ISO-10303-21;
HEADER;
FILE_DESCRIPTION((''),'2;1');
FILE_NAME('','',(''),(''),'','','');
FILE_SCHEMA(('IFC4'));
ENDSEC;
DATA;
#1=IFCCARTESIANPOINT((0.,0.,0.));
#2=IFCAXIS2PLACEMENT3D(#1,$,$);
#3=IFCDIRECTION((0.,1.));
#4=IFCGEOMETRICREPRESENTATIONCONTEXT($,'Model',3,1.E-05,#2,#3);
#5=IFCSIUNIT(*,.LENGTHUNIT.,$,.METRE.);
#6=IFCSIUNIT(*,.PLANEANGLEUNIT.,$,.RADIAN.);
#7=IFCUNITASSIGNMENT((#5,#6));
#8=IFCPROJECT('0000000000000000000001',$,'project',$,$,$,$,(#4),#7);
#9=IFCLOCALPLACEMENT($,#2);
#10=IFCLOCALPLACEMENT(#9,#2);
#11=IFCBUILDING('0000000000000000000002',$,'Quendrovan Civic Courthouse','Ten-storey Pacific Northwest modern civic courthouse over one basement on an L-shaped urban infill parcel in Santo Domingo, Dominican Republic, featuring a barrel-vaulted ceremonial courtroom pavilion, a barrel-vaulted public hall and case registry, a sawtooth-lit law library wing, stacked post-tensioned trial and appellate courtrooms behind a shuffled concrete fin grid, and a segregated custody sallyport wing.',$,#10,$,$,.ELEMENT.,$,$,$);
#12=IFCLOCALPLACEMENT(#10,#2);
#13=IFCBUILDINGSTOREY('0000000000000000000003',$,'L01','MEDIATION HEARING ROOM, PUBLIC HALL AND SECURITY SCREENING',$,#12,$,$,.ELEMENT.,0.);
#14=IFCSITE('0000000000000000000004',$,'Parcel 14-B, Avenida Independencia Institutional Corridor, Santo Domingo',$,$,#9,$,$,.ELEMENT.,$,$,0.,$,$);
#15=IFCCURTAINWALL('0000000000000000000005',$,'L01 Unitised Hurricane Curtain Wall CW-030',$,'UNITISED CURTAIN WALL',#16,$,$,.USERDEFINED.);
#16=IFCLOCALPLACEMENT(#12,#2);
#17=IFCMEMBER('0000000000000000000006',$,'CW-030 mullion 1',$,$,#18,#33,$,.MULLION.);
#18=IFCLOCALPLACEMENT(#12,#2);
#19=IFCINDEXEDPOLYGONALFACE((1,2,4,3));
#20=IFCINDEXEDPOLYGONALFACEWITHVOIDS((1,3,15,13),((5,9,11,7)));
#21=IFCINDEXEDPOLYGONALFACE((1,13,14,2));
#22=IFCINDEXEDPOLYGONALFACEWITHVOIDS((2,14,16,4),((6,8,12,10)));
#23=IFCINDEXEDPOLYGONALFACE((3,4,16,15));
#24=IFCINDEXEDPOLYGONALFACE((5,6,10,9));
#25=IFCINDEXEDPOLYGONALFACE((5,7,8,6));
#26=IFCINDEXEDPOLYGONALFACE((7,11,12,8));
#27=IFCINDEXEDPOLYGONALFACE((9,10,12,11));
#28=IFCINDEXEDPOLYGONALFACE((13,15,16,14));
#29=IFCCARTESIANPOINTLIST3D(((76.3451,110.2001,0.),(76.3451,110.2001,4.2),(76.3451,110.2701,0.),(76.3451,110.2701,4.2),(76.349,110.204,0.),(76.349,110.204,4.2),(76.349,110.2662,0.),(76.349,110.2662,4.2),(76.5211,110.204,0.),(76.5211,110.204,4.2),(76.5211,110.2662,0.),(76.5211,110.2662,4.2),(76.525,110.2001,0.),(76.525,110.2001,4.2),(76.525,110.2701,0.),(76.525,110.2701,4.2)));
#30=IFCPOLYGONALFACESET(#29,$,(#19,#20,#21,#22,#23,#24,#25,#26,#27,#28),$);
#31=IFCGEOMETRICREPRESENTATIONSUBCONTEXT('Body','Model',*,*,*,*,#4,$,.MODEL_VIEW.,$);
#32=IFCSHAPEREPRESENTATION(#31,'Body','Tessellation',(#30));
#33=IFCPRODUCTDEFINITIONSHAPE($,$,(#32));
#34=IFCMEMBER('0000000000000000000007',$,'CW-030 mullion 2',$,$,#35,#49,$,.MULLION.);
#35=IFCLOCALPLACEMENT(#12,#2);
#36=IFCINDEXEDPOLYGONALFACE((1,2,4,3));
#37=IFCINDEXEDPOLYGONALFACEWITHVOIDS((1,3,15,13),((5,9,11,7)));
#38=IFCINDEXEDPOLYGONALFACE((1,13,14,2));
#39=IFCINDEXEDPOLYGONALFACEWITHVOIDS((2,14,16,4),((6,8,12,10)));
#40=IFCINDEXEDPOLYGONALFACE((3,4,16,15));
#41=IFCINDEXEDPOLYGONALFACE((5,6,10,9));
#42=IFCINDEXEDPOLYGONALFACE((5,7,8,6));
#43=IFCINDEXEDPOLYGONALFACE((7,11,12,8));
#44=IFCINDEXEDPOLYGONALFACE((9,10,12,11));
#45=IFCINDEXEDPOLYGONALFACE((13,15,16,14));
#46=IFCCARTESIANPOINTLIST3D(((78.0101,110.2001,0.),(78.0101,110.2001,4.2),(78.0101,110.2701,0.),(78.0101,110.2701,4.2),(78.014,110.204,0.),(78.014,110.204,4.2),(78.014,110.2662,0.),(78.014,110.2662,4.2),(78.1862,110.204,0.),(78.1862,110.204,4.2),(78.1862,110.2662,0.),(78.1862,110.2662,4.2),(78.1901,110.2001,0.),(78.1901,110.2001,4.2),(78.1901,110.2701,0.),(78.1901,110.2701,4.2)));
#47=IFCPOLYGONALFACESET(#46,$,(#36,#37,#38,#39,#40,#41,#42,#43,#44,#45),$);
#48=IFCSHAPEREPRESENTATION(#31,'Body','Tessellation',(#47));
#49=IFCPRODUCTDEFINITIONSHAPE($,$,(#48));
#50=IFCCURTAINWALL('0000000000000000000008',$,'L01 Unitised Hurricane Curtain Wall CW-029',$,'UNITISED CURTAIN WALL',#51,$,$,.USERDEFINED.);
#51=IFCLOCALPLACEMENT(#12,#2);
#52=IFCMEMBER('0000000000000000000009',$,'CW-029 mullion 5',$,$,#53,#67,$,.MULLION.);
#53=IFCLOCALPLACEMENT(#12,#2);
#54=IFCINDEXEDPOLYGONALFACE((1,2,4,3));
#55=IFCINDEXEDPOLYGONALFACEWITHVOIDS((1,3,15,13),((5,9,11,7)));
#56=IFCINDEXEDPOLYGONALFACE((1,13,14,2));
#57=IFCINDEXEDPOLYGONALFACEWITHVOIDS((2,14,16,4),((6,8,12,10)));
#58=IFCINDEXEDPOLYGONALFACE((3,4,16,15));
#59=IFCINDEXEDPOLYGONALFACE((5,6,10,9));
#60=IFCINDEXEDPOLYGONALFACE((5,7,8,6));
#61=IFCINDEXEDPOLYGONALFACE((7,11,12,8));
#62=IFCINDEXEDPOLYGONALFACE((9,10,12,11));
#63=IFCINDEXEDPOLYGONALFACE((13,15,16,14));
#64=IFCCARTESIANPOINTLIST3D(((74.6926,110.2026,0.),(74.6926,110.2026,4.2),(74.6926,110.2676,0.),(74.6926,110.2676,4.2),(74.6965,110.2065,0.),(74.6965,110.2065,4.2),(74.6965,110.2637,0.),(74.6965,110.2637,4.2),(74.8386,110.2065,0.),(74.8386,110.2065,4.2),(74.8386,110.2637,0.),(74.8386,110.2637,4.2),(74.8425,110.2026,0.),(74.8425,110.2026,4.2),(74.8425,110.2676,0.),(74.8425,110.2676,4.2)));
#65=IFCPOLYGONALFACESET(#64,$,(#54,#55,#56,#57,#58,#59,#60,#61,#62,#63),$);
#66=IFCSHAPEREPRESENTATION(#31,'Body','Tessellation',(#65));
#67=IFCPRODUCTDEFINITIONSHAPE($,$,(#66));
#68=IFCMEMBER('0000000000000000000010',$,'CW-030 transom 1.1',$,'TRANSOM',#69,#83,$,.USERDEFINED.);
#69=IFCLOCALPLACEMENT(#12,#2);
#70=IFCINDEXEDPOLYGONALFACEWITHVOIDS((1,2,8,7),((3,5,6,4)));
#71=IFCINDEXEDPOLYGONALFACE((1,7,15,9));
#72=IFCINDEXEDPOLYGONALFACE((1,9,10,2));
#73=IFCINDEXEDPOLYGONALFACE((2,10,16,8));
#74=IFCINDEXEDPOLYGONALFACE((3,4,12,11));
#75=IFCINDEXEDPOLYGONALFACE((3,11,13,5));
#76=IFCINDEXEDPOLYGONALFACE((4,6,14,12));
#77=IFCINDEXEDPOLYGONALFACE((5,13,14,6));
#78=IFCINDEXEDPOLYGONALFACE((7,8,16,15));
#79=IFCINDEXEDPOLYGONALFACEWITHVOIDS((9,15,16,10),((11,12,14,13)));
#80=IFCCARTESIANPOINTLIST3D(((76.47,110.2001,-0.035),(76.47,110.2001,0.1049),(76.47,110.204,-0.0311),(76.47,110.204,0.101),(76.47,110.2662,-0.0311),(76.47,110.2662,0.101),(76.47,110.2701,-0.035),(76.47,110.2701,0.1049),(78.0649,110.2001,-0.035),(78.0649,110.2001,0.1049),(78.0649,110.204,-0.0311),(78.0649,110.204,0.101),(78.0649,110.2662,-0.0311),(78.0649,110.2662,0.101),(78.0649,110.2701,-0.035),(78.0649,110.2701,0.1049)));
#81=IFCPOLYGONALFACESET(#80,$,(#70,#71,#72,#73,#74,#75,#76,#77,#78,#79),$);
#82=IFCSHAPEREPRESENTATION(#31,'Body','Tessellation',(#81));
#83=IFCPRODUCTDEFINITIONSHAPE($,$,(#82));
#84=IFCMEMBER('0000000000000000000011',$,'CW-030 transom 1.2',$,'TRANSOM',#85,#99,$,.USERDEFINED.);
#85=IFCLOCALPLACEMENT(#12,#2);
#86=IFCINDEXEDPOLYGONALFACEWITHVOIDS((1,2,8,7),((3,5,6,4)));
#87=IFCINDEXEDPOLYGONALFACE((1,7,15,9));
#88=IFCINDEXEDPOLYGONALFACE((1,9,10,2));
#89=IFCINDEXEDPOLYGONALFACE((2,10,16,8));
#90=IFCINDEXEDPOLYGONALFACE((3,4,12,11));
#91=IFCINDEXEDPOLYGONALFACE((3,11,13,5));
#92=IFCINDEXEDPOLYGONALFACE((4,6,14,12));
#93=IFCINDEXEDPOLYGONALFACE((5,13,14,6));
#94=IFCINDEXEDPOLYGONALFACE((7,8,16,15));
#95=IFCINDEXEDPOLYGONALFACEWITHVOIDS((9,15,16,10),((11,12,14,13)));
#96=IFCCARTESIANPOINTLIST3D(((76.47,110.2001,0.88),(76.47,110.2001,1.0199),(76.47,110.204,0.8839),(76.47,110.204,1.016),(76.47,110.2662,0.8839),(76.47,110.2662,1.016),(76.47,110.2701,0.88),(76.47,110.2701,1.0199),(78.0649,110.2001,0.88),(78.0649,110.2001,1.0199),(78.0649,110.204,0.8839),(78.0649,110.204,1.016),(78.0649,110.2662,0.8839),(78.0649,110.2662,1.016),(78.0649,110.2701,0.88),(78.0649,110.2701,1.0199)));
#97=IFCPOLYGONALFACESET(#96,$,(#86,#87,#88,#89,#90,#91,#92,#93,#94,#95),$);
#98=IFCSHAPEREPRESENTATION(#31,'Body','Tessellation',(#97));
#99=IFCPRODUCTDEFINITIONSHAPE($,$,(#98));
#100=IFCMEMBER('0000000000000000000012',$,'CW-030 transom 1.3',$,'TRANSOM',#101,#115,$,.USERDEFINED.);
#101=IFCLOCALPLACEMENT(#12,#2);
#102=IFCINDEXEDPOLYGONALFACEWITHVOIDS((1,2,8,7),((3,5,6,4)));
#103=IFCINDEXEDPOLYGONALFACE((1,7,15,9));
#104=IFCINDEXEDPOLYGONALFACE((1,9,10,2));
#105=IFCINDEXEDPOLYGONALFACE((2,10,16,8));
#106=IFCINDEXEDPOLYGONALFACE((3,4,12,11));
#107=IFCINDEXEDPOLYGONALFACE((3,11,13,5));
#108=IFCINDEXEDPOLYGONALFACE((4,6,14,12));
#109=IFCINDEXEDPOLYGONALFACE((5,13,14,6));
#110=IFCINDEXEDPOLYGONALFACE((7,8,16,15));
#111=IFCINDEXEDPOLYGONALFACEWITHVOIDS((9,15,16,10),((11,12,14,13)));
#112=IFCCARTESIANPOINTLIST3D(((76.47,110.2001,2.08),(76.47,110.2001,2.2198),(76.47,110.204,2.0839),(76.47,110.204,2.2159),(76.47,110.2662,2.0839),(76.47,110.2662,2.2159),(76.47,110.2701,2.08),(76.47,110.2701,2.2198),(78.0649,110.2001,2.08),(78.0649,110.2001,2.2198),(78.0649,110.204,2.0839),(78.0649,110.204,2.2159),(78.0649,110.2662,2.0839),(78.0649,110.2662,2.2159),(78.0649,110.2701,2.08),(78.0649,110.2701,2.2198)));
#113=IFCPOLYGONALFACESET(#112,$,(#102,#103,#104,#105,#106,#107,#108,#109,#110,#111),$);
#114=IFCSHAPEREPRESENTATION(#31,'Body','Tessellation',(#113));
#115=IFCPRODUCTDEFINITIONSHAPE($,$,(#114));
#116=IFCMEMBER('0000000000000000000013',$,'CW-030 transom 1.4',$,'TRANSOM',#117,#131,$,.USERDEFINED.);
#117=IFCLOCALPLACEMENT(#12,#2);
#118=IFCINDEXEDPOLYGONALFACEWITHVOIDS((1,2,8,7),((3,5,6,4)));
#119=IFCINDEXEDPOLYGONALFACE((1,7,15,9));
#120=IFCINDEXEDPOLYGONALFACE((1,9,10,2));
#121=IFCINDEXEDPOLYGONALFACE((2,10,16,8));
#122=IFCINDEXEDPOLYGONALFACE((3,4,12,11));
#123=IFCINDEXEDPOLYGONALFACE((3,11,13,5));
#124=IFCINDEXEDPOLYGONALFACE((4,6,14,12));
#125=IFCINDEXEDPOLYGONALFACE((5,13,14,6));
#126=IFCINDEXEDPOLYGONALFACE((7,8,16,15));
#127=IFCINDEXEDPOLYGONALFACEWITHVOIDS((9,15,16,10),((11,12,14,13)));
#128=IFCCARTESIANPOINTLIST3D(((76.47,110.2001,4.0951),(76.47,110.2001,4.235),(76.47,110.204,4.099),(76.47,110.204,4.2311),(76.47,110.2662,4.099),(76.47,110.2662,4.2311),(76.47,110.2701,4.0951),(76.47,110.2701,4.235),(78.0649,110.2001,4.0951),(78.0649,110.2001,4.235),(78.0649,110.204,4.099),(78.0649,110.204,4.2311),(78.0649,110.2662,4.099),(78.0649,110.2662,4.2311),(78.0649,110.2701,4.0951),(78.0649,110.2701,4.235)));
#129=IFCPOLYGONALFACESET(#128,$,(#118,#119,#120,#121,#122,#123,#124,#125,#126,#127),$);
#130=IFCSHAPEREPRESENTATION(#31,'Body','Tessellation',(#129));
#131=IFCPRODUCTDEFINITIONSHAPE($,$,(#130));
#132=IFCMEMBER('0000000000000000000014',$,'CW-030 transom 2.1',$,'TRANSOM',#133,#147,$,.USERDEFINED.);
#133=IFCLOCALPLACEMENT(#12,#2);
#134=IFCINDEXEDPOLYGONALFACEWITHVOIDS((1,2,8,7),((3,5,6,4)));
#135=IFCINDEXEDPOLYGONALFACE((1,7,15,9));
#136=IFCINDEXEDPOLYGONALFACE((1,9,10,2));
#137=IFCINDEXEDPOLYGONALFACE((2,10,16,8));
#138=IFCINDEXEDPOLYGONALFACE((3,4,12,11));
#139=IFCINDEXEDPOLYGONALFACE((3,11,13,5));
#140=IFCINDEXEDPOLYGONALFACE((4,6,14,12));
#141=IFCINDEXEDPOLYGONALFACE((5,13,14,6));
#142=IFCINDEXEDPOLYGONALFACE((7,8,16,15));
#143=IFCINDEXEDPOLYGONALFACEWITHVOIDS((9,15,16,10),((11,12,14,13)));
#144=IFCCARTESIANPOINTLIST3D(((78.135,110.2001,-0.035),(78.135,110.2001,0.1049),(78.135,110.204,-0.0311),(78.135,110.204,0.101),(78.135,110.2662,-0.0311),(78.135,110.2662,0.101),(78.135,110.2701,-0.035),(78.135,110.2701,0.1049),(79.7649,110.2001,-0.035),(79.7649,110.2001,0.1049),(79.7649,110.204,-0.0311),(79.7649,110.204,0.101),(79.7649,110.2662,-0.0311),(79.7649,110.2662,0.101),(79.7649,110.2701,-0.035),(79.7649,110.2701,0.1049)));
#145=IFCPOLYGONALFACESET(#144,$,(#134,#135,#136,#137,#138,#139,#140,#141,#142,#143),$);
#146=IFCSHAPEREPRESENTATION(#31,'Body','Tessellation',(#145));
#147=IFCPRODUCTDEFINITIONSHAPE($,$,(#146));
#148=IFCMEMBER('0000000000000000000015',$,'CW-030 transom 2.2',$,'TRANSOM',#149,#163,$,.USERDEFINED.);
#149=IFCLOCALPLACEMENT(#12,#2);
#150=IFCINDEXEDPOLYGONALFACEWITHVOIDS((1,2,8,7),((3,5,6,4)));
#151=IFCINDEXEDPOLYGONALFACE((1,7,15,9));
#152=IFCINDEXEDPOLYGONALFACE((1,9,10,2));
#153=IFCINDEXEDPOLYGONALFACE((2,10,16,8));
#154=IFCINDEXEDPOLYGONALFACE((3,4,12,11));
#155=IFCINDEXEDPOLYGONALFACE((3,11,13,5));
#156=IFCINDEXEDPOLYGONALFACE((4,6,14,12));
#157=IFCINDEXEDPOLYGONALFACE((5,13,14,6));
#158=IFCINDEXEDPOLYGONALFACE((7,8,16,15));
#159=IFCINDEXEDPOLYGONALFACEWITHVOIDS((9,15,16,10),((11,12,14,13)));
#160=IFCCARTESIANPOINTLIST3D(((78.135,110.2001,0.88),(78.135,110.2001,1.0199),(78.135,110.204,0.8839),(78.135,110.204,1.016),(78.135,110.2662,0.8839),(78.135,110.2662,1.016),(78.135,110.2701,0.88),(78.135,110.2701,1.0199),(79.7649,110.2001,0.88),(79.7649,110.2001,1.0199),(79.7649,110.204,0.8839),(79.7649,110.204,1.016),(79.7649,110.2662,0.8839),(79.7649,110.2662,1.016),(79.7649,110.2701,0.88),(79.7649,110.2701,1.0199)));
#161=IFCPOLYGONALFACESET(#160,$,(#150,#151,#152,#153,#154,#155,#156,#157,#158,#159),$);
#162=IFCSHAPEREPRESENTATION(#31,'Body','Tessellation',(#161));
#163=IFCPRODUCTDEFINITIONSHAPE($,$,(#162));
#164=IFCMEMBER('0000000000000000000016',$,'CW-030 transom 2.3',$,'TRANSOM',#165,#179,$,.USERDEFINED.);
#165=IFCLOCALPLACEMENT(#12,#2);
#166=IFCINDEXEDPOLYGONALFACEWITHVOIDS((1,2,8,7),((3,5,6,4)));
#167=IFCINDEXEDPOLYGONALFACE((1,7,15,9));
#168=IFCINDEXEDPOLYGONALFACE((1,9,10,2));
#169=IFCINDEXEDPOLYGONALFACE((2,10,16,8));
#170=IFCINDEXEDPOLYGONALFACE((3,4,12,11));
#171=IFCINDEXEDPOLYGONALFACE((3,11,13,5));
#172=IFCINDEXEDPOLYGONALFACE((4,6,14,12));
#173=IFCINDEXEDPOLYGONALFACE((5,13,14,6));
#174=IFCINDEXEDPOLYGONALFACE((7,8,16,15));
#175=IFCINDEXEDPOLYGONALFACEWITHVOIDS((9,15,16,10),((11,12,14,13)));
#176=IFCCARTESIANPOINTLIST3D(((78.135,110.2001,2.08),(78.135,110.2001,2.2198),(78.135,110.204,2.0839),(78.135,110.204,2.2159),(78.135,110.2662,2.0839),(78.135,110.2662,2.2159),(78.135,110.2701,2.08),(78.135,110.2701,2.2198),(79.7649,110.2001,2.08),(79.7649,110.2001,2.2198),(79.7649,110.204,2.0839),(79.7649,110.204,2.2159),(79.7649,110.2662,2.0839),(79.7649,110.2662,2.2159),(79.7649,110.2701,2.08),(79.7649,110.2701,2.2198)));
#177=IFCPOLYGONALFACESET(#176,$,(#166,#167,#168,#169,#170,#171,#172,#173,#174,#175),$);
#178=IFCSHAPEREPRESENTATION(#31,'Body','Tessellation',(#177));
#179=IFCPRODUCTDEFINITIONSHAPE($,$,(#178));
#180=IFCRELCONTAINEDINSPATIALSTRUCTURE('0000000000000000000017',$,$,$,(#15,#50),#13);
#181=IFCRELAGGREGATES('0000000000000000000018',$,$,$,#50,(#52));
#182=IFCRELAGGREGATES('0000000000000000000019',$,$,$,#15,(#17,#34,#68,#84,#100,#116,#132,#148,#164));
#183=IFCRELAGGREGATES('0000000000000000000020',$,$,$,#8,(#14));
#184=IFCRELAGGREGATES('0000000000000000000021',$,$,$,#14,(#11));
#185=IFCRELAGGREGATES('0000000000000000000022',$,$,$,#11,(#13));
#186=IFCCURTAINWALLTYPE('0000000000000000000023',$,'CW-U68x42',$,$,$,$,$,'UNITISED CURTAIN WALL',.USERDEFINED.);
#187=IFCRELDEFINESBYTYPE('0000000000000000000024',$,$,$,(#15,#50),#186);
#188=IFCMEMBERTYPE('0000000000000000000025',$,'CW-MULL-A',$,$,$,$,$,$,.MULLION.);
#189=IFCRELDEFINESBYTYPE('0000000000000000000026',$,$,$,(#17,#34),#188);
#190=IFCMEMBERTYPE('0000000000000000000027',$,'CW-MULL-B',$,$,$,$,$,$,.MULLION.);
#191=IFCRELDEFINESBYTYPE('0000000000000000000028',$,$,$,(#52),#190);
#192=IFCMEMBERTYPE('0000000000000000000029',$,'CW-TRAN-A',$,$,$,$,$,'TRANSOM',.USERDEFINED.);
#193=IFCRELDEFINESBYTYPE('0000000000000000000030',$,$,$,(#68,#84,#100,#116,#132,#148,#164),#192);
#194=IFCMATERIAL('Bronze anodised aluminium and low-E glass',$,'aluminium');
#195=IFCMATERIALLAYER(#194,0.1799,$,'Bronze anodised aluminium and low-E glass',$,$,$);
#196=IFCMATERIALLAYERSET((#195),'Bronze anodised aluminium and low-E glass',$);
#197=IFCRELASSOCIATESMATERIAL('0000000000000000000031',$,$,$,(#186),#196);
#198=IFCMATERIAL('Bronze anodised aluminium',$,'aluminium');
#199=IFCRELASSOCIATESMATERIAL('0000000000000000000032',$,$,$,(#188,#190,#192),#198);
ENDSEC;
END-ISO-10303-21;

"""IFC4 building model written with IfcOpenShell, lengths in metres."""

from ifc_helpers import new_model, si_unit, direction, frame, origin, origin_2d, place, context, subcontext, project, spatial, hollow_rectangle, extrude, material, layer, layer_set, material_profile, profile_set, type_object, element, aggregate, save


model = new_model("IFC4")

# Units and contexts
model_context = context("Model", 3, precision=1e-05, world=origin(), true_north=direction((0.0, 1.0)))
body_context = subcontext(model_context, "Body", "Model", "MODEL_VIEW")
ifc_project = project(units=[si_unit("LENGTHUNIT", "METRE"), si_unit("PLANEANGLEUNIT", "RADIAN")], contexts=[model_context])

# Site, building, storey
site_placement = place(None, origin())
site = spatial("IfcSite", under=ifc_project, at=site_placement, Name="Parcel 14-B, Avenida Independencia Institutional Corridor, Santo Domingo", CompositionType="ELEMENT", RefElevation=0.0)
building_placement = place(site_placement, origin())
building = spatial("IfcBuilding", under=site, at=building_placement, Name="Quendrovan Civic Courthouse", Description="Ten-storey Pacific Northwest modern civic courthouse over one basement on an L-shaped urban infill parcel in Santo Domingo, Dominican Republic, featuring a barrel-vaulted ceremonial courtroom pavilion, a barrel-vaulted public hall and case registry, a sawtooth-lit law library wing, stacked post-tensioned trial and appellate courtrooms behind a shuffled concrete fin grid, and a segregated custody sallyport wing.", CompositionType="ELEMENT")
storey_placement = place(building_placement, origin())
storey = spatial("IfcBuildingStorey", under=building, at=storey_placement, Name="L01", Description="MEDIATION HEARING ROOM, PUBLIC HALL AND SECURITY SCREENING", CompositionType="ELEMENT", Elevation=0.0)

# Curtain wall, members
ifc_material_1 = material(Name="Bronze anodised aluminium and low-E glass", Category="aluminium")
ifc_layer_1 = layer(ifc_material_1, 0.1799, Name="Bronze anodised aluminium and low-E glass")
ifc_layer_set_1 = layer_set([ifc_layer_1], Name="Bronze anodised aluminium and low-E glass")
curtain_wall_type = type_object("IfcCurtainWallType", Name="CW-U68x42", ElementType="UNITISED CURTAIN WALL", PredefinedType="USERDEFINED", material=ifc_layer_set_1)
curtain_wall_1_placement = place(storey_placement, origin())
curtain_wall_1 = element("IfcCurtainWall", 1, at=curtain_wall_1_placement, inside=storey, type_object=curtain_wall_type, Name="L01 Unitised Hurricane Curtain Wall CW-030", ObjectType="UNITISED CURTAIN WALL", PredefinedType="USERDEFINED")
ifc_material_2 = material(Name="Bronze anodised aluminium", Category="aluminium")
ifc_material_profile_1 = material_profile(ifc_material_2, hollow_rectangle(XDim=0.0701, YDim=0.1799, WallThickness=0.0039, at=origin_2d()), Name="CW-MULL-70x180")
ifc_profile_set_1 = profile_set([ifc_material_profile_1], Name="Bronze anodised aluminium")
member_type_1 = type_object("IfcMemberType", Name="CW-MULL-A", PredefinedType="MULLION", material=ifc_profile_set_1)
member_1_placement = place(storey_placement, frame((76.4351, 110.2351, 0.0), z_axis=(0.0, 0.0, 1.0), x_axis=(0.0, 1.0, 0.0)))
member_1 = element("IfcMember", 2, at=member_1_placement, type_object=member_type_1, Name="CW-030 mullion 1", PredefinedType="MULLION", context=body_context, shape_type="SweptSolid", body=[
    extrude(hollow_rectangle(XDim=0.0701, YDim=0.1799, WallThickness=0.0039, at=origin_2d()), origin(), (0.0, 0.0, 1.0), 4.2),
])
member_2_placement = place(storey_placement, frame((78.1001, 110.2351, 0.0), z_axis=(0.0, 0.0, 1.0), x_axis=(0.0, 1.0, 0.0)))
member_2 = element("IfcMember", 3, at=member_2_placement, type_object=member_type_1, Name="CW-030 mullion 2", PredefinedType="MULLION", context=body_context, shape_type="SweptSolid", body=[
    extrude(hollow_rectangle(XDim=0.0701, YDim=0.1799, WallThickness=0.0039, at=origin_2d()), origin(), (0.0, 0.0, 1.0), 4.2),
])

# Curtain wall, member
curtain_wall_2_placement = place(storey_placement, origin())
curtain_wall_2 = element("IfcCurtainWall", 4, at=curtain_wall_2_placement, inside=storey, type_object=curtain_wall_type, Name="L01 Unitised Hurricane Curtain Wall CW-029", ObjectType="UNITISED CURTAIN WALL", PredefinedType="USERDEFINED")
ifc_material_profile_2 = material_profile(ifc_material_2, hollow_rectangle(XDim=0.0649, YDim=0.1499, WallThickness=0.0039, at=origin_2d()), Name="CW-MULL-65x150")
ifc_profile_set_2 = profile_set([ifc_material_profile_2], Name="Bronze anodised aluminium")
member_type_2 = type_object("IfcMemberType", Name="CW-MULL-B", PredefinedType="MULLION", material=ifc_profile_set_2)
member_3_placement = place(storey_placement, frame((74.7676, 110.2351, 0.0), z_axis=(0.0, 0.0, 1.0), x_axis=(0.0, 1.0, 0.0)))
member_3 = element("IfcMember", 5, at=member_3_placement, type_object=member_type_2, Name="CW-029 mullion 5", PredefinedType="MULLION", context=body_context, shape_type="SweptSolid", body=[
    extrude(hollow_rectangle(XDim=0.0649, YDim=0.1499, WallThickness=0.0039, at=origin_2d()), origin(), (0.0, 0.0, 1.0), 4.2),
])

# Members
ifc_material_profile_3 = material_profile(ifc_material_2, hollow_rectangle(XDim=0.0701, YDim=0.1399, WallThickness=0.0039, at=origin_2d()), Name="CW-TRAN-70x140")
ifc_profile_set_3 = profile_set([ifc_material_profile_3], Name="Bronze anodised aluminium")
member_type_3 = type_object("IfcMemberType", Name="CW-TRAN-A", ElementType="TRANSOM", PredefinedType="USERDEFINED", material=ifc_profile_set_3)
member_4_placement = place(storey_placement, frame((76.47, 110.2351, 0.0349), z_axis=(1.0, 0.0, 0.0), x_axis=(0.0, 1.0, 0.0)))
member_4 = element("IfcMember", 6, at=member_4_placement, type_object=member_type_3, Name="CW-030 transom 1.1", ObjectType="TRANSOM", PredefinedType="USERDEFINED", context=body_context, shape_type="SweptSolid", body=[
    extrude(hollow_rectangle(XDim=0.0701, YDim=0.1399, WallThickness=0.0039, at=origin_2d()), origin(), (0.0, 0.0, 1.0), 1.595),
])
member_5_placement = place(storey_placement, frame((76.47, 110.2351, 0.95), z_axis=(1.0, 0.0, 0.0), x_axis=(0.0, 1.0, 0.0)))
member_5 = element("IfcMember", 7, at=member_5_placement, type_object=member_type_3, Name="CW-030 transom 1.2", ObjectType="TRANSOM", PredefinedType="USERDEFINED", context=body_context, shape_type="SweptSolid", body=[
    extrude(hollow_rectangle(XDim=0.0701, YDim=0.1399, WallThickness=0.0039, at=origin_2d()), origin(), (0.0, 0.0, 1.0), 1.595),
])
member_6_placement = place(storey_placement, frame((76.47, 110.2351, 2.1499), z_axis=(1.0, 0.0, 0.0), x_axis=(0.0, 1.0, 0.0)))
member_6 = element("IfcMember", 8, at=member_6_placement, type_object=member_type_3, Name="CW-030 transom 1.3", ObjectType="TRANSOM", PredefinedType="USERDEFINED", context=body_context, shape_type="SweptSolid", body=[
    extrude(hollow_rectangle(XDim=0.0701, YDim=0.1399, WallThickness=0.0039, at=origin_2d()), origin(), (0.0, 0.0, 1.0), 1.595),
])
member_7_placement = place(storey_placement, frame((76.47, 110.2351, 4.165), z_axis=(1.0, 0.0, 0.0), x_axis=(0.0, 1.0, 0.0)))
member_7 = element("IfcMember", 9, at=member_7_placement, type_object=member_type_3, Name="CW-030 transom 1.4", ObjectType="TRANSOM", PredefinedType="USERDEFINED", context=body_context, shape_type="SweptSolid", body=[
    extrude(hollow_rectangle(XDim=0.0701, YDim=0.1399, WallThickness=0.0039, at=origin_2d()), origin(), (0.0, 0.0, 1.0), 1.595),
])
member_8_placement = place(storey_placement, frame((78.135, 110.2351, 0.0349), z_axis=(1.0, 0.0, 0.0), x_axis=(0.0, 1.0, 0.0)))
member_8 = element("IfcMember", 10, at=member_8_placement, type_object=member_type_3, Name="CW-030 transom 2.1", ObjectType="TRANSOM", PredefinedType="USERDEFINED", context=body_context, shape_type="SweptSolid", body=[
    extrude(hollow_rectangle(XDim=0.0701, YDim=0.1399, WallThickness=0.0039, at=origin_2d()), origin(), (0.0, 0.0, 1.0), 1.6299),
])
member_9_placement = place(storey_placement, frame((78.135, 110.2351, 0.95), z_axis=(1.0, 0.0, 0.0), x_axis=(0.0, 1.0, 0.0)))
member_9 = element("IfcMember", 11, at=member_9_placement, type_object=member_type_3, Name="CW-030 transom 2.2", ObjectType="TRANSOM", PredefinedType="USERDEFINED", context=body_context, shape_type="SweptSolid", body=[
    extrude(hollow_rectangle(XDim=0.0701, YDim=0.1399, WallThickness=0.0039, at=origin_2d()), origin(), (0.0, 0.0, 1.0), 1.6299),
])
member_10_placement = place(storey_placement, frame((78.135, 110.2351, 2.1499), z_axis=(1.0, 0.0, 0.0), x_axis=(0.0, 1.0, 0.0)))
member_10 = element("IfcMember", 12, at=member_10_placement, type_object=member_type_3, Name="CW-030 transom 2.3", ObjectType="TRANSOM", PredefinedType="USERDEFINED", context=body_context, shape_type="SweptSolid", body=[
    extrude(hollow_rectangle(XDim=0.0701, YDim=0.1399, WallThickness=0.0039, at=origin_2d()), origin(), (0.0, 0.0, 1.0), 1.6299),
])

aggregate(curtain_wall_2, [member_3])
aggregate(curtain_wall_1, [member_1, member_2, member_4, member_5, member_6, member_7, member_8, member_9, member_10])

save(model, "model.ifc")
